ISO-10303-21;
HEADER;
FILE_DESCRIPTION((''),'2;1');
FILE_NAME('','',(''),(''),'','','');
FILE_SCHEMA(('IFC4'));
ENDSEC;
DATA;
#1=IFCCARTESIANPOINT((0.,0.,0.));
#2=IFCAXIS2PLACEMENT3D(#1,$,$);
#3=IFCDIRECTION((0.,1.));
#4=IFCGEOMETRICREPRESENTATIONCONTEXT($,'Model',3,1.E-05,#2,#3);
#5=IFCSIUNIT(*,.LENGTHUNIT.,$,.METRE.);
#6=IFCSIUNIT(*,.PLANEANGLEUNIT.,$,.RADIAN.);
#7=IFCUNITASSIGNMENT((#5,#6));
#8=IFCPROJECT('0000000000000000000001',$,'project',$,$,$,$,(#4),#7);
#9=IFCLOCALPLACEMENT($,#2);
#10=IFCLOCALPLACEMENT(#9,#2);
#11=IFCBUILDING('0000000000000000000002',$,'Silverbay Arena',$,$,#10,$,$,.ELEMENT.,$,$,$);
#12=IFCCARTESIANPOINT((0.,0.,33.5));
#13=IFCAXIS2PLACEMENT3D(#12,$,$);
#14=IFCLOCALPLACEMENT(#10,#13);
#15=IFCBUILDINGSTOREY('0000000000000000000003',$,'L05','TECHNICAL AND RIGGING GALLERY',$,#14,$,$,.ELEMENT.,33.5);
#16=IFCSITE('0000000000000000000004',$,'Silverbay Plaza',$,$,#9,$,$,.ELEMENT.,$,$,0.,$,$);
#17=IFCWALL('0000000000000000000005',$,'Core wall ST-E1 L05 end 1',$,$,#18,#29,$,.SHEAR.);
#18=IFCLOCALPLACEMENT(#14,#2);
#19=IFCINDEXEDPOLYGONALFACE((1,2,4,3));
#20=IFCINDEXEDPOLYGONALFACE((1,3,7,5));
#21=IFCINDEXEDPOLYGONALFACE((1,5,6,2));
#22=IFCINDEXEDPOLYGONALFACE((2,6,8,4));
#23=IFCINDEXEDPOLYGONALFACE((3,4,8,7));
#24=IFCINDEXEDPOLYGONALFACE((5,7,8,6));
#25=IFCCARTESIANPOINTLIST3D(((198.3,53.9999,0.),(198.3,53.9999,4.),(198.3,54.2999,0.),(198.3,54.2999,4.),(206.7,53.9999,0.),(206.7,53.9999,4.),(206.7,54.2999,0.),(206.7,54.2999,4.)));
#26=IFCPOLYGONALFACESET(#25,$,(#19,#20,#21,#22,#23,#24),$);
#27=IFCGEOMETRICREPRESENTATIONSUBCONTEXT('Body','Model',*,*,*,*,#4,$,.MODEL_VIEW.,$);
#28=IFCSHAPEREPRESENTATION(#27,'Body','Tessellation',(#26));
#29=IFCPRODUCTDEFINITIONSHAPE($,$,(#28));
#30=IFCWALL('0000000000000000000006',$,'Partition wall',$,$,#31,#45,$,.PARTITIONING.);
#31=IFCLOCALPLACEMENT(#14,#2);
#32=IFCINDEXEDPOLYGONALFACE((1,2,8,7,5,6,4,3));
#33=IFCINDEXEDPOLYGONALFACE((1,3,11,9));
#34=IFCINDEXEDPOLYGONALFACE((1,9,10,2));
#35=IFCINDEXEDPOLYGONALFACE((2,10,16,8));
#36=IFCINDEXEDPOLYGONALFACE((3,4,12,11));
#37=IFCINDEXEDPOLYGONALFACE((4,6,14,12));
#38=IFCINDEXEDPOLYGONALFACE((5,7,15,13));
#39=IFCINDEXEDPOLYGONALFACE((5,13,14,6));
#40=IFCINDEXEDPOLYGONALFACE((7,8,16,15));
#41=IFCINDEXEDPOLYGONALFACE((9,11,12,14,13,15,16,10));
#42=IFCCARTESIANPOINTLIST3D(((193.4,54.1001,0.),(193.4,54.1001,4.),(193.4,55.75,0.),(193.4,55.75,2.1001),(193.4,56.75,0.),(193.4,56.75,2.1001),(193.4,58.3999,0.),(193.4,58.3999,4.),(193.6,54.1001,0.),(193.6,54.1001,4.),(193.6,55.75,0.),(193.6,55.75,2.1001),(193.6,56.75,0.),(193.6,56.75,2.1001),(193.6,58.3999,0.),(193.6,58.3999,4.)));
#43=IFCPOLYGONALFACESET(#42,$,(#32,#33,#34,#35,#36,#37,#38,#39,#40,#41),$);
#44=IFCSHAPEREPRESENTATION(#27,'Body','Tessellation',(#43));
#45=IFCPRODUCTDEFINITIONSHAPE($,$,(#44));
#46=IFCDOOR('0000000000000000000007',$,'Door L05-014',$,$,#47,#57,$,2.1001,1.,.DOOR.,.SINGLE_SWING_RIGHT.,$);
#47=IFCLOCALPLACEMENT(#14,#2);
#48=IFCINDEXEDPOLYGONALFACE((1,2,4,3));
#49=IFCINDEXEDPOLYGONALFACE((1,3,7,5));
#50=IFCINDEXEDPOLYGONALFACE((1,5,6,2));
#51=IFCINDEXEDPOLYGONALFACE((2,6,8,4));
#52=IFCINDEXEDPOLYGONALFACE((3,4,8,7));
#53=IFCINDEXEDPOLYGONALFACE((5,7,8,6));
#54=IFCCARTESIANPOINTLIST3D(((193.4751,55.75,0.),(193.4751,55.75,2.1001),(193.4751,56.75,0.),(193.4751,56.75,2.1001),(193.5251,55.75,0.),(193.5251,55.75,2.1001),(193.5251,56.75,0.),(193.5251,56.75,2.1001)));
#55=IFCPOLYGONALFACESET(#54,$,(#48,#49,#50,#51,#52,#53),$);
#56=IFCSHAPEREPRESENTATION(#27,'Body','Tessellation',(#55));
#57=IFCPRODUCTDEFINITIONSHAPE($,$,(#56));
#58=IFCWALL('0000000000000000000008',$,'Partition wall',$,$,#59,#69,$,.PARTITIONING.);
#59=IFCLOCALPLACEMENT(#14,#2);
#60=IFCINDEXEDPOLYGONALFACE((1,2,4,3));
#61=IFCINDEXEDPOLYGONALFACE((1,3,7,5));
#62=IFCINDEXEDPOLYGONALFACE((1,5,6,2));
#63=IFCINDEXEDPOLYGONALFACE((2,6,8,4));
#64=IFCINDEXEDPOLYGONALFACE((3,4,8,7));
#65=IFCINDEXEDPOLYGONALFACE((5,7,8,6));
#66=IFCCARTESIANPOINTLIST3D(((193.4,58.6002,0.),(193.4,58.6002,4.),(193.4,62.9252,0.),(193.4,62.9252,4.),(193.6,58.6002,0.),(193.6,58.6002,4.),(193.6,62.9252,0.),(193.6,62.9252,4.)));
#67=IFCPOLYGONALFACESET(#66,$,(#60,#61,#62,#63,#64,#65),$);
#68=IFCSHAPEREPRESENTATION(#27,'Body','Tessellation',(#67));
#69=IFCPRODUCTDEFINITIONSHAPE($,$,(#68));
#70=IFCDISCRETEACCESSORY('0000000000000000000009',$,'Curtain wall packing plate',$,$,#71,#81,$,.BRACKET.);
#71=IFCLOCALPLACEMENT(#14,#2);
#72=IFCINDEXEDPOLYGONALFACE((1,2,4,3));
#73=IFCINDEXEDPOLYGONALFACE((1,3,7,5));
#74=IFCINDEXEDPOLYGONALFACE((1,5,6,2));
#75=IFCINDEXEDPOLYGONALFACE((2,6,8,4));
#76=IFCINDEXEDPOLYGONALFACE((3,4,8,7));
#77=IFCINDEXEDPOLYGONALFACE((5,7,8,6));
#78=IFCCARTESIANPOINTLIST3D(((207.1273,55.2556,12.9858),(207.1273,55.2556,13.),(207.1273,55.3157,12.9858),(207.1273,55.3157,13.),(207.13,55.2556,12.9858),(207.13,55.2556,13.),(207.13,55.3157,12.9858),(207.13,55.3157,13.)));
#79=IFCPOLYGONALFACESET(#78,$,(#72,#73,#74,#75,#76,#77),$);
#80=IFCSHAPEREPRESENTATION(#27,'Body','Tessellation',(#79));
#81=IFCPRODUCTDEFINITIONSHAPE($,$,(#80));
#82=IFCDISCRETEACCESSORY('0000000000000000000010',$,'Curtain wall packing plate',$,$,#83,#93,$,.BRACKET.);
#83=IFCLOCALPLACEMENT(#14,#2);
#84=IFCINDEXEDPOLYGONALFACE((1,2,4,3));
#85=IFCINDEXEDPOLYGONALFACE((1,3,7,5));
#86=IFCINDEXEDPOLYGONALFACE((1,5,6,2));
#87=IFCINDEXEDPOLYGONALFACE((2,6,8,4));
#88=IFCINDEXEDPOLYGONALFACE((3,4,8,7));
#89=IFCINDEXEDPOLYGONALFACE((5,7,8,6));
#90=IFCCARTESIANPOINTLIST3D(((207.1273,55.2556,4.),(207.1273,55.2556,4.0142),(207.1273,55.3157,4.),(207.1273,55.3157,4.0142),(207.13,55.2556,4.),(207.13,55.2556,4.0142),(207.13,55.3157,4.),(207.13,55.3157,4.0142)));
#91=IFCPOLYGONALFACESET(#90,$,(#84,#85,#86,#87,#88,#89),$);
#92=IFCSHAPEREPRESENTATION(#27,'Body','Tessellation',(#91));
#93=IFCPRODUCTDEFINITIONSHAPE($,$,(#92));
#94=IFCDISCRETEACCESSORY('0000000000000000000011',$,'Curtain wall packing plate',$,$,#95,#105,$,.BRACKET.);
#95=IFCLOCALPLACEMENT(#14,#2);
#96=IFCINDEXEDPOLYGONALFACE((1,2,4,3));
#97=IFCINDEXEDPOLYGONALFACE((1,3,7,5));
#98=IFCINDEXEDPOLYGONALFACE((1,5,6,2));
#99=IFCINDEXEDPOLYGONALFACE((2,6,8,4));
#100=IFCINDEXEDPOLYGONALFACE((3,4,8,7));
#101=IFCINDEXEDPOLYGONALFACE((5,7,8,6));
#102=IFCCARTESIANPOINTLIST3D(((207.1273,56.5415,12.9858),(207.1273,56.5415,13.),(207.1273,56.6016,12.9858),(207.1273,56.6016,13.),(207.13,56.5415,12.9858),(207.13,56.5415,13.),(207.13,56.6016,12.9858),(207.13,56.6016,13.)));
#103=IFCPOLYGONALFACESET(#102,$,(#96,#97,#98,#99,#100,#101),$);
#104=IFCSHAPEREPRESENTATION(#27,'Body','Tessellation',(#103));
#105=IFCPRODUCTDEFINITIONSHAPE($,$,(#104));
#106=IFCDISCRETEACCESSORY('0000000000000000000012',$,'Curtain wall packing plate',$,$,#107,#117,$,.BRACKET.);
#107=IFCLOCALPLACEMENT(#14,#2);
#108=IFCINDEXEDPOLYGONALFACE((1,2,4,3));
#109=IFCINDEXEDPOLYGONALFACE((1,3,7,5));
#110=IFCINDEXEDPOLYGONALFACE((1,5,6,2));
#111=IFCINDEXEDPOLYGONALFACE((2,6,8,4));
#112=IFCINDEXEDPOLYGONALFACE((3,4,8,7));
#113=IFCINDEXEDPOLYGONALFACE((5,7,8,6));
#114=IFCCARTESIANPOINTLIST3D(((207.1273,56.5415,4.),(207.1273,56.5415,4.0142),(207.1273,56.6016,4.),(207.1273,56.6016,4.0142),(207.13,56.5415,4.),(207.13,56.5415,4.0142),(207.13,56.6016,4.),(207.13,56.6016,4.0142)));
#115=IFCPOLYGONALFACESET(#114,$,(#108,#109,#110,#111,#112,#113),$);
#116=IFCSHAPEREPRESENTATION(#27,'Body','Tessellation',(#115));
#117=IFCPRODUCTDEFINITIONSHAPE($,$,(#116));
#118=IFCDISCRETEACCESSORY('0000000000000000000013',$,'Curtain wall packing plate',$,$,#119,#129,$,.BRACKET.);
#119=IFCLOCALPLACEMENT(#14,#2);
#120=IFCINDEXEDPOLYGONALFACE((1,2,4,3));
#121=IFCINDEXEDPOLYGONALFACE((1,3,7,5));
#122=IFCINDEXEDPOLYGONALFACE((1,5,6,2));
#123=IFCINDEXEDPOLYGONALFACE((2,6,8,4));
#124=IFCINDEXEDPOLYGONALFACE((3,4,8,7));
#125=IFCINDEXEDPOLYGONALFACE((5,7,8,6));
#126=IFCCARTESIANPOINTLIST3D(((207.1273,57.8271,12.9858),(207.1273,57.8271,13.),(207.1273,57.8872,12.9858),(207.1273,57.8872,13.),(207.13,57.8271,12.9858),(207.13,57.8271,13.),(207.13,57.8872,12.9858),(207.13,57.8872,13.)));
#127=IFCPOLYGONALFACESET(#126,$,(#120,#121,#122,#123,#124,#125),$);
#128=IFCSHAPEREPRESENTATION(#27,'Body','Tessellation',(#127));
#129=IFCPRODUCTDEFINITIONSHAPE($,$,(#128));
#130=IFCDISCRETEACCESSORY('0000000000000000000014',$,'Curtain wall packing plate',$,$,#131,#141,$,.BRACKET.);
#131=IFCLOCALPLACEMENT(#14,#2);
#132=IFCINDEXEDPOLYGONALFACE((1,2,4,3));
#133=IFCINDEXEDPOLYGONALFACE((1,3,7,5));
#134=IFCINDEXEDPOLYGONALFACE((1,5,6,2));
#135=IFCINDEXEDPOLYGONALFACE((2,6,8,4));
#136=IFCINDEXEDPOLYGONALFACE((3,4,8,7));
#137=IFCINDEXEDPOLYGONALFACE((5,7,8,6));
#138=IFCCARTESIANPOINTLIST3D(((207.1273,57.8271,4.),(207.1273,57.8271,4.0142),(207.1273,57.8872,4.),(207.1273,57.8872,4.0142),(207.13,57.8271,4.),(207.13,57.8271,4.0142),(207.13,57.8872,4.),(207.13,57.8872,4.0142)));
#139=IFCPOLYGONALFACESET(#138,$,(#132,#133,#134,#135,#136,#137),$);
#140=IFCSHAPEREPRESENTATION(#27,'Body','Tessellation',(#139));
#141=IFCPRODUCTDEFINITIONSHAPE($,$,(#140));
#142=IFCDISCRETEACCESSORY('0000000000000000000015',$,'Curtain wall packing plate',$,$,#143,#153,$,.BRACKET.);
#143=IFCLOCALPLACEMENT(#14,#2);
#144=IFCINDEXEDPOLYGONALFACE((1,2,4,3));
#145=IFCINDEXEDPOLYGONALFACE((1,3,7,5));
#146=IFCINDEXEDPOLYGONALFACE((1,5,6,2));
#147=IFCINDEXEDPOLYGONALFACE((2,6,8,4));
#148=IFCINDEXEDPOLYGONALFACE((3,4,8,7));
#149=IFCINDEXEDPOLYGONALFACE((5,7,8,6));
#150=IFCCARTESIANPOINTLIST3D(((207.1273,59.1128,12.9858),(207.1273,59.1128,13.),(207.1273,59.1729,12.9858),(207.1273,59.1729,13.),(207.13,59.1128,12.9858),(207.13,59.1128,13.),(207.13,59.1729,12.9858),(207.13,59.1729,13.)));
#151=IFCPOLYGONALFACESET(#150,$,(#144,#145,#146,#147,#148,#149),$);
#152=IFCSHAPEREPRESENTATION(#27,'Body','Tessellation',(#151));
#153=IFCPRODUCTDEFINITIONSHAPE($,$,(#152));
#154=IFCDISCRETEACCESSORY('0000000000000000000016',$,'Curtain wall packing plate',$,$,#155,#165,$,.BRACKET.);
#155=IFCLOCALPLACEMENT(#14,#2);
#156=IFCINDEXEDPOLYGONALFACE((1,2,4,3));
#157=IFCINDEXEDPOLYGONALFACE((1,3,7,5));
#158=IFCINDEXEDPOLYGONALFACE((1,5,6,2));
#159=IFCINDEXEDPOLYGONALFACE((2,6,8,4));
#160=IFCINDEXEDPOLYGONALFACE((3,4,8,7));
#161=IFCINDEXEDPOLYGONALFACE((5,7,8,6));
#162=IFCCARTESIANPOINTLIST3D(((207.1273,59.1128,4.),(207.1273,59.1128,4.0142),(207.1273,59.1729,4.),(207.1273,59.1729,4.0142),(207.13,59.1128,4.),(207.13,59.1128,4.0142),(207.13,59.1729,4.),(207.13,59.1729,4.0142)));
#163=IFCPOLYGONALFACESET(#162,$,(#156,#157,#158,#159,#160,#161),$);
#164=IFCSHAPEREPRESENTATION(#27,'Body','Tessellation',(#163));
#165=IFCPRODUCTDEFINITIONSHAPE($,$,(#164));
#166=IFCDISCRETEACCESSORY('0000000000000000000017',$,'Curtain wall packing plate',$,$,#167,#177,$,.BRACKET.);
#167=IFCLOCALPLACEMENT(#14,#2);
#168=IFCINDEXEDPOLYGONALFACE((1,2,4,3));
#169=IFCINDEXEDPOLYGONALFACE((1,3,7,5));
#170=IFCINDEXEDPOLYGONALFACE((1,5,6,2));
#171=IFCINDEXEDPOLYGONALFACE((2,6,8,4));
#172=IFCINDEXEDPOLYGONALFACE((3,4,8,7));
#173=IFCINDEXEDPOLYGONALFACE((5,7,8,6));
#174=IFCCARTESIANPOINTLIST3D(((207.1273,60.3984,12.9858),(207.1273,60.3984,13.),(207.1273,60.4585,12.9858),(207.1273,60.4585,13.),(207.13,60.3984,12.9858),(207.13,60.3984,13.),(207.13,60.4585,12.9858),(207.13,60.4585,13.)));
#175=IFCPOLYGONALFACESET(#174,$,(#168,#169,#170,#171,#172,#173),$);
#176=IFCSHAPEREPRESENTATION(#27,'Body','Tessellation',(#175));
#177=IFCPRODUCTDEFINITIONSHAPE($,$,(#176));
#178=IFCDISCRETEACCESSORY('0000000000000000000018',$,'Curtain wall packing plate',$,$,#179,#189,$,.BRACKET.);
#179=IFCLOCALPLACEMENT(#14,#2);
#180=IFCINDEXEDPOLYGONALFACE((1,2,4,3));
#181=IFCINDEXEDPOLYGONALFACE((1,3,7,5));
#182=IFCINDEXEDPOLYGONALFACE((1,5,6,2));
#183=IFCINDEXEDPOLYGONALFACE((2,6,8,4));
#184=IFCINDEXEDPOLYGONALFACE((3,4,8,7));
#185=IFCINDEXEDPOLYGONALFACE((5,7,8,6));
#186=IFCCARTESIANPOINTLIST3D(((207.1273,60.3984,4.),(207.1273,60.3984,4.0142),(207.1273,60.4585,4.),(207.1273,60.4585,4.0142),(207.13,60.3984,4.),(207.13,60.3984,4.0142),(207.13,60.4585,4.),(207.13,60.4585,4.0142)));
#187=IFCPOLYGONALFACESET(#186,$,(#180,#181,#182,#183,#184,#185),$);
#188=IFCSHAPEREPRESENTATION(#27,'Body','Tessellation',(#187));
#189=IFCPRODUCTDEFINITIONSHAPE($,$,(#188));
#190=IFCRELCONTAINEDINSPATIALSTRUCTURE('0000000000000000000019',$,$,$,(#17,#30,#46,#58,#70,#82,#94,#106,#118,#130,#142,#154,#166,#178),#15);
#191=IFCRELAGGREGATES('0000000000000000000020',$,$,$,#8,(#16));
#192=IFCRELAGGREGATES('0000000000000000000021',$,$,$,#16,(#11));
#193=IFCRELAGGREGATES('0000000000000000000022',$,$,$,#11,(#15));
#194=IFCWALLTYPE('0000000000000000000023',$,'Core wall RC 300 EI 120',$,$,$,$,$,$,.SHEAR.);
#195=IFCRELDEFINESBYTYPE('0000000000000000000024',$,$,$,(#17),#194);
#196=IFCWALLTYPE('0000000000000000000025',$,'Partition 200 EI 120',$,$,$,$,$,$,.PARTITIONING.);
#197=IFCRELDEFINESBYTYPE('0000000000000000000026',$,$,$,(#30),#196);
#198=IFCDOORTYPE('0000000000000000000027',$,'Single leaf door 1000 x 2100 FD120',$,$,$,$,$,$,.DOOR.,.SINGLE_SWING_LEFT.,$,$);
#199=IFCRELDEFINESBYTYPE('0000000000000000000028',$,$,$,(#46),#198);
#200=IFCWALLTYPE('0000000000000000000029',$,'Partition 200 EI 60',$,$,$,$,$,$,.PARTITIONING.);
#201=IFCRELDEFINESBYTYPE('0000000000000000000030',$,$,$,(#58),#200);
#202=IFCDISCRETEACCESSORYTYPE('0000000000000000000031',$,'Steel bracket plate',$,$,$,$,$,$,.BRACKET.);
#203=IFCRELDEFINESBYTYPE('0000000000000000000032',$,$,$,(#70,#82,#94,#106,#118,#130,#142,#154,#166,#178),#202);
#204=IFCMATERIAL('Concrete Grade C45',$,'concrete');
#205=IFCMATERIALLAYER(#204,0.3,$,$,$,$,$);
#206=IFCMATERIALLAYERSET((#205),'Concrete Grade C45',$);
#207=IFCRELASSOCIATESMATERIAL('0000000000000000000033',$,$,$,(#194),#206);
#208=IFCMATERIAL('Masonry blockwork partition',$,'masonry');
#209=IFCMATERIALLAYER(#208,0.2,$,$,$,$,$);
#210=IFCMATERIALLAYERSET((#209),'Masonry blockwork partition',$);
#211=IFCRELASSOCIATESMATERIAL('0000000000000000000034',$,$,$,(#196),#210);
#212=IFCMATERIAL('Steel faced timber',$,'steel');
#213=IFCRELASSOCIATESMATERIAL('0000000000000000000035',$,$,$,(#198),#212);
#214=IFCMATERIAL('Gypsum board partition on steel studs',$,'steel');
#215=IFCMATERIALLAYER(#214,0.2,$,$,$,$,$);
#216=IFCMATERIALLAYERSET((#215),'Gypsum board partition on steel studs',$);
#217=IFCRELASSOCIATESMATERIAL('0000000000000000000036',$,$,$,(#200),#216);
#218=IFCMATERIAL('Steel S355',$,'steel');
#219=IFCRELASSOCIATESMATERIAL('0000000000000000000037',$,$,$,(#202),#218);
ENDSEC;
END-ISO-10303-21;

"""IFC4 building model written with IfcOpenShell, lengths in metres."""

from ifc_helpers import new_model, si_unit, direction, frame, frame_2d, origin, origin_2d, place, context, subcontext, project, spatial, rectangle, extrude, material, layer, layer_set, type_object, element, fill, save


model = new_model("IFC4")

# Units and contexts
model_context = context("Model", 3, precision=1e-05, world=origin(), true_north=direction((0.0, 1.0)))
body_context = subcontext(model_context, "Body", "Model", "MODEL_VIEW")
ifc_project = project(units=[si_unit("LENGTHUNIT", "METRE"), si_unit("PLANEANGLEUNIT", "RADIAN")], contexts=[model_context])

# Site, building, storey
site_placement = place(None, origin())
site = spatial("IfcSite", under=ifc_project, at=site_placement, Name="Silverbay Plaza", CompositionType="ELEMENT", RefElevation=0.0)
building_placement = place(site_placement, origin())
building = spatial("IfcBuilding", under=site, at=building_placement, Name="Silverbay Arena", CompositionType="ELEMENT")
storey_placement = place(building_placement, frame((0.0, 0.0, 33.5)))
storey = spatial("IfcBuildingStorey", under=building, at=storey_placement, Name="L05", Description="TECHNICAL AND RIGGING GALLERY", CompositionType="ELEMENT", Elevation=33.5)

# Wall
ifc_material_1 = material(Name="Concrete Grade C45", Category="concrete")
ifc_layer_1 = layer(ifc_material_1, 0.3)
ifc_layer_set_1 = layer_set([ifc_layer_1], Name="Concrete Grade C45")
wall_type_1 = type_object("IfcWallType", Name="Core wall RC 300 EI 120", PredefinedType="SHEAR", material=ifc_layer_set_1)
wall_1_placement = place(storey_placement, frame((198.3, 54.1499, 0.0), z_axis=(0.0, 0.0, 1.0), x_axis=(1.0, 0.0, 0.0)))
element("IfcWall", 1, at=wall_1_placement, inside=storey, type_object=wall_type_1, Name="Core wall ST-E1 L05 end 1", PredefinedType="SHEAR", context=body_context, shape_type="SweptSolid", body=[
    extrude(rectangle(XDim=8.3999, YDim=0.3, at=frame_2d((4.2, 0.0))), origin(), (0.0, 0.0, 1.0), 4.0),
])

# Wall, opening, door
ifc_material_2 = material(Name="Masonry blockwork partition", Category="masonry")
ifc_layer_2 = layer(ifc_material_2, 0.2)
ifc_layer_set_2 = layer_set([ifc_layer_2], Name="Masonry blockwork partition")
wall_type_2 = type_object("IfcWallType", Name="Partition 200 EI 120", PredefinedType="PARTITIONING", material=ifc_layer_set_2)
wall_2_placement = place(storey_placement, frame((193.5, 54.1001, 0.0), z_axis=(0.0, 0.0, 1.0), x_axis=(0.0, 1.0, 0.0)))
wall_2 = element("IfcWall", 2, at=wall_2_placement, inside=storey, type_object=wall_type_2, Name="Partition wall", PredefinedType="PARTITIONING", context=body_context, shape_type="SweptSolid", body=[
    extrude(rectangle(XDim=4.2998, YDim=0.2, at=frame_2d((2.1499, 0.0))), origin(), (0.0, 0.0, 1.0), 4.0),
])
opening_placement = place(wall_2_placement, frame((1.6499, 0.0, 0.0)))
opening = element("IfcOpeningElement", 3, at=opening_placement, cuts=wall_2, PredefinedType="OPENING", context=body_context, shape_type="SweptSolid", body=[
    extrude(rectangle(XDim=1.0, YDim=2.1001, at=frame_2d((0.5, 1.05))), frame((0.0, 0.1099, 0.0), z_axis=(0.0, -1.0, 0.0), x_axis=(1.0, 0.0, 0.0)), (0.0, 0.0, 1.0), 0.22),
])
ifc_material_3 = material(Name="Steel faced timber", Category="steel")
door_type = type_object("IfcDoorType", Name="Single leaf door 1000 x 2100 FD120", OperationType="SINGLE_SWING_LEFT", PredefinedType="DOOR", material=ifc_material_3)
door_placement = place(opening_placement, origin())
door = element("IfcDoor", 4, at=door_placement, inside=storey, type_object=door_type, Name="Door L05-014", OperationType="SINGLE_SWING_RIGHT", OverallHeight=2.1001, OverallWidth=1.0, PredefinedType="DOOR", context=body_context, shape_type="SweptSolid", body=[
    extrude(rectangle(XDim=1.0, YDim=2.1001, at=frame_2d((0.5, 1.05))), frame((0.0, 0.0249, 0.0), z_axis=(0.0, -1.0, 0.0), x_axis=(1.0, 0.0, 0.0)), (0.0, 0.0, 1.0), 0.05),
])
fill(opening, door)

# Wall
ifc_material_4 = material(Name="Gypsum board partition on steel studs", Category="steel")
ifc_layer_3 = layer(ifc_material_4, 0.2)
ifc_layer_set_3 = layer_set([ifc_layer_3], Name="Gypsum board partition on steel studs")
wall_type_3 = type_object("IfcWallType", Name="Partition 200 EI 60", PredefinedType="PARTITIONING", material=ifc_layer_set_3)
wall_3_placement = place(storey_placement, frame((193.5, 58.6001, 0.0), z_axis=(0.0, 0.0, 1.0), x_axis=(0.0, 1.0, 0.0)))
element("IfcWall", 5, at=wall_3_placement, inside=storey, type_object=wall_type_3, Name="Partition wall", PredefinedType="PARTITIONING", context=body_context, shape_type="SweptSolid", body=[
    extrude(rectangle(XDim=4.325, YDim=0.2, at=frame_2d((2.1626, 0.0))), origin(), (0.0, 0.0, 1.0), 4.0),
])

# Discrete accessories
ifc_material_5 = material(Name="Steel S355", Category="steel")
discrete_accessory_type = type_object("IfcDiscreteAccessoryType", Name="Steel bracket plate", PredefinedType="BRACKET", material=ifc_material_5)
for number, where, z_axis, x_axis, name in (
    (6, (207.1287, 55.2856, 12.9858), (0.0, 0.0, 1.0), (1.0, 0.0, 0.0), "Curtain wall packing plate"),
    (7, (207.1287, 55.2856, 4.0), (0.0, 0.0, 1.0), (1.0, 0.0, 0.0), "Curtain wall packing plate"),
    (8, (207.1287, 56.5715, 12.9858), (0.0, 0.0, 1.0), (1.0, 0.0, 0.0), "Curtain wall packing plate"),
    (9, (207.1287, 56.5715, 4.0), (0.0, 0.0, 1.0), (1.0, 0.0, 0.0), "Curtain wall packing plate"),
    (10, (207.1287, 57.8572, 12.9858), (0.0, 0.0, 1.0), (1.0, 0.0, 0.0), "Curtain wall packing plate"),
    (11, (207.1287, 57.8572, 4.0), (0.0, 0.0, 1.0), (1.0, 0.0, 0.0), "Curtain wall packing plate"),
    (12, (207.1287, 59.1428, 12.9858), (0.0, 0.0, 1.0), (1.0, 0.0, 0.0), "Curtain wall packing plate"),
    (13, (207.1287, 59.1428, 4.0), (0.0, 0.0, 1.0), (1.0, 0.0, 0.0), "Curtain wall packing plate"),
    (14, (207.1287, 60.4285, 12.9858), (0.0, 0.0, 1.0), (1.0, 0.0, 0.0), "Curtain wall packing plate"),
    (15, (207.1287, 60.4285, 4.0), (0.0, 0.0, 1.0), (1.0, 0.0, 0.0), "Curtain wall packing plate"),
):
    element("IfcDiscreteAccessory", number, at=place(storey_placement, frame(where, z_axis=z_axis, x_axis=x_axis)), inside=storey, type_object=discrete_accessory_type, Name=name, PredefinedType="BRACKET", context=body_context, shape_type="SweptSolid", body=[
        extrude(rectangle(XDim=0.0027, YDim=0.0601, at=origin_2d()), origin(), (0.0, 0.0, 1.0), 0.0142),
    ])

save(model, "model.ifc")
